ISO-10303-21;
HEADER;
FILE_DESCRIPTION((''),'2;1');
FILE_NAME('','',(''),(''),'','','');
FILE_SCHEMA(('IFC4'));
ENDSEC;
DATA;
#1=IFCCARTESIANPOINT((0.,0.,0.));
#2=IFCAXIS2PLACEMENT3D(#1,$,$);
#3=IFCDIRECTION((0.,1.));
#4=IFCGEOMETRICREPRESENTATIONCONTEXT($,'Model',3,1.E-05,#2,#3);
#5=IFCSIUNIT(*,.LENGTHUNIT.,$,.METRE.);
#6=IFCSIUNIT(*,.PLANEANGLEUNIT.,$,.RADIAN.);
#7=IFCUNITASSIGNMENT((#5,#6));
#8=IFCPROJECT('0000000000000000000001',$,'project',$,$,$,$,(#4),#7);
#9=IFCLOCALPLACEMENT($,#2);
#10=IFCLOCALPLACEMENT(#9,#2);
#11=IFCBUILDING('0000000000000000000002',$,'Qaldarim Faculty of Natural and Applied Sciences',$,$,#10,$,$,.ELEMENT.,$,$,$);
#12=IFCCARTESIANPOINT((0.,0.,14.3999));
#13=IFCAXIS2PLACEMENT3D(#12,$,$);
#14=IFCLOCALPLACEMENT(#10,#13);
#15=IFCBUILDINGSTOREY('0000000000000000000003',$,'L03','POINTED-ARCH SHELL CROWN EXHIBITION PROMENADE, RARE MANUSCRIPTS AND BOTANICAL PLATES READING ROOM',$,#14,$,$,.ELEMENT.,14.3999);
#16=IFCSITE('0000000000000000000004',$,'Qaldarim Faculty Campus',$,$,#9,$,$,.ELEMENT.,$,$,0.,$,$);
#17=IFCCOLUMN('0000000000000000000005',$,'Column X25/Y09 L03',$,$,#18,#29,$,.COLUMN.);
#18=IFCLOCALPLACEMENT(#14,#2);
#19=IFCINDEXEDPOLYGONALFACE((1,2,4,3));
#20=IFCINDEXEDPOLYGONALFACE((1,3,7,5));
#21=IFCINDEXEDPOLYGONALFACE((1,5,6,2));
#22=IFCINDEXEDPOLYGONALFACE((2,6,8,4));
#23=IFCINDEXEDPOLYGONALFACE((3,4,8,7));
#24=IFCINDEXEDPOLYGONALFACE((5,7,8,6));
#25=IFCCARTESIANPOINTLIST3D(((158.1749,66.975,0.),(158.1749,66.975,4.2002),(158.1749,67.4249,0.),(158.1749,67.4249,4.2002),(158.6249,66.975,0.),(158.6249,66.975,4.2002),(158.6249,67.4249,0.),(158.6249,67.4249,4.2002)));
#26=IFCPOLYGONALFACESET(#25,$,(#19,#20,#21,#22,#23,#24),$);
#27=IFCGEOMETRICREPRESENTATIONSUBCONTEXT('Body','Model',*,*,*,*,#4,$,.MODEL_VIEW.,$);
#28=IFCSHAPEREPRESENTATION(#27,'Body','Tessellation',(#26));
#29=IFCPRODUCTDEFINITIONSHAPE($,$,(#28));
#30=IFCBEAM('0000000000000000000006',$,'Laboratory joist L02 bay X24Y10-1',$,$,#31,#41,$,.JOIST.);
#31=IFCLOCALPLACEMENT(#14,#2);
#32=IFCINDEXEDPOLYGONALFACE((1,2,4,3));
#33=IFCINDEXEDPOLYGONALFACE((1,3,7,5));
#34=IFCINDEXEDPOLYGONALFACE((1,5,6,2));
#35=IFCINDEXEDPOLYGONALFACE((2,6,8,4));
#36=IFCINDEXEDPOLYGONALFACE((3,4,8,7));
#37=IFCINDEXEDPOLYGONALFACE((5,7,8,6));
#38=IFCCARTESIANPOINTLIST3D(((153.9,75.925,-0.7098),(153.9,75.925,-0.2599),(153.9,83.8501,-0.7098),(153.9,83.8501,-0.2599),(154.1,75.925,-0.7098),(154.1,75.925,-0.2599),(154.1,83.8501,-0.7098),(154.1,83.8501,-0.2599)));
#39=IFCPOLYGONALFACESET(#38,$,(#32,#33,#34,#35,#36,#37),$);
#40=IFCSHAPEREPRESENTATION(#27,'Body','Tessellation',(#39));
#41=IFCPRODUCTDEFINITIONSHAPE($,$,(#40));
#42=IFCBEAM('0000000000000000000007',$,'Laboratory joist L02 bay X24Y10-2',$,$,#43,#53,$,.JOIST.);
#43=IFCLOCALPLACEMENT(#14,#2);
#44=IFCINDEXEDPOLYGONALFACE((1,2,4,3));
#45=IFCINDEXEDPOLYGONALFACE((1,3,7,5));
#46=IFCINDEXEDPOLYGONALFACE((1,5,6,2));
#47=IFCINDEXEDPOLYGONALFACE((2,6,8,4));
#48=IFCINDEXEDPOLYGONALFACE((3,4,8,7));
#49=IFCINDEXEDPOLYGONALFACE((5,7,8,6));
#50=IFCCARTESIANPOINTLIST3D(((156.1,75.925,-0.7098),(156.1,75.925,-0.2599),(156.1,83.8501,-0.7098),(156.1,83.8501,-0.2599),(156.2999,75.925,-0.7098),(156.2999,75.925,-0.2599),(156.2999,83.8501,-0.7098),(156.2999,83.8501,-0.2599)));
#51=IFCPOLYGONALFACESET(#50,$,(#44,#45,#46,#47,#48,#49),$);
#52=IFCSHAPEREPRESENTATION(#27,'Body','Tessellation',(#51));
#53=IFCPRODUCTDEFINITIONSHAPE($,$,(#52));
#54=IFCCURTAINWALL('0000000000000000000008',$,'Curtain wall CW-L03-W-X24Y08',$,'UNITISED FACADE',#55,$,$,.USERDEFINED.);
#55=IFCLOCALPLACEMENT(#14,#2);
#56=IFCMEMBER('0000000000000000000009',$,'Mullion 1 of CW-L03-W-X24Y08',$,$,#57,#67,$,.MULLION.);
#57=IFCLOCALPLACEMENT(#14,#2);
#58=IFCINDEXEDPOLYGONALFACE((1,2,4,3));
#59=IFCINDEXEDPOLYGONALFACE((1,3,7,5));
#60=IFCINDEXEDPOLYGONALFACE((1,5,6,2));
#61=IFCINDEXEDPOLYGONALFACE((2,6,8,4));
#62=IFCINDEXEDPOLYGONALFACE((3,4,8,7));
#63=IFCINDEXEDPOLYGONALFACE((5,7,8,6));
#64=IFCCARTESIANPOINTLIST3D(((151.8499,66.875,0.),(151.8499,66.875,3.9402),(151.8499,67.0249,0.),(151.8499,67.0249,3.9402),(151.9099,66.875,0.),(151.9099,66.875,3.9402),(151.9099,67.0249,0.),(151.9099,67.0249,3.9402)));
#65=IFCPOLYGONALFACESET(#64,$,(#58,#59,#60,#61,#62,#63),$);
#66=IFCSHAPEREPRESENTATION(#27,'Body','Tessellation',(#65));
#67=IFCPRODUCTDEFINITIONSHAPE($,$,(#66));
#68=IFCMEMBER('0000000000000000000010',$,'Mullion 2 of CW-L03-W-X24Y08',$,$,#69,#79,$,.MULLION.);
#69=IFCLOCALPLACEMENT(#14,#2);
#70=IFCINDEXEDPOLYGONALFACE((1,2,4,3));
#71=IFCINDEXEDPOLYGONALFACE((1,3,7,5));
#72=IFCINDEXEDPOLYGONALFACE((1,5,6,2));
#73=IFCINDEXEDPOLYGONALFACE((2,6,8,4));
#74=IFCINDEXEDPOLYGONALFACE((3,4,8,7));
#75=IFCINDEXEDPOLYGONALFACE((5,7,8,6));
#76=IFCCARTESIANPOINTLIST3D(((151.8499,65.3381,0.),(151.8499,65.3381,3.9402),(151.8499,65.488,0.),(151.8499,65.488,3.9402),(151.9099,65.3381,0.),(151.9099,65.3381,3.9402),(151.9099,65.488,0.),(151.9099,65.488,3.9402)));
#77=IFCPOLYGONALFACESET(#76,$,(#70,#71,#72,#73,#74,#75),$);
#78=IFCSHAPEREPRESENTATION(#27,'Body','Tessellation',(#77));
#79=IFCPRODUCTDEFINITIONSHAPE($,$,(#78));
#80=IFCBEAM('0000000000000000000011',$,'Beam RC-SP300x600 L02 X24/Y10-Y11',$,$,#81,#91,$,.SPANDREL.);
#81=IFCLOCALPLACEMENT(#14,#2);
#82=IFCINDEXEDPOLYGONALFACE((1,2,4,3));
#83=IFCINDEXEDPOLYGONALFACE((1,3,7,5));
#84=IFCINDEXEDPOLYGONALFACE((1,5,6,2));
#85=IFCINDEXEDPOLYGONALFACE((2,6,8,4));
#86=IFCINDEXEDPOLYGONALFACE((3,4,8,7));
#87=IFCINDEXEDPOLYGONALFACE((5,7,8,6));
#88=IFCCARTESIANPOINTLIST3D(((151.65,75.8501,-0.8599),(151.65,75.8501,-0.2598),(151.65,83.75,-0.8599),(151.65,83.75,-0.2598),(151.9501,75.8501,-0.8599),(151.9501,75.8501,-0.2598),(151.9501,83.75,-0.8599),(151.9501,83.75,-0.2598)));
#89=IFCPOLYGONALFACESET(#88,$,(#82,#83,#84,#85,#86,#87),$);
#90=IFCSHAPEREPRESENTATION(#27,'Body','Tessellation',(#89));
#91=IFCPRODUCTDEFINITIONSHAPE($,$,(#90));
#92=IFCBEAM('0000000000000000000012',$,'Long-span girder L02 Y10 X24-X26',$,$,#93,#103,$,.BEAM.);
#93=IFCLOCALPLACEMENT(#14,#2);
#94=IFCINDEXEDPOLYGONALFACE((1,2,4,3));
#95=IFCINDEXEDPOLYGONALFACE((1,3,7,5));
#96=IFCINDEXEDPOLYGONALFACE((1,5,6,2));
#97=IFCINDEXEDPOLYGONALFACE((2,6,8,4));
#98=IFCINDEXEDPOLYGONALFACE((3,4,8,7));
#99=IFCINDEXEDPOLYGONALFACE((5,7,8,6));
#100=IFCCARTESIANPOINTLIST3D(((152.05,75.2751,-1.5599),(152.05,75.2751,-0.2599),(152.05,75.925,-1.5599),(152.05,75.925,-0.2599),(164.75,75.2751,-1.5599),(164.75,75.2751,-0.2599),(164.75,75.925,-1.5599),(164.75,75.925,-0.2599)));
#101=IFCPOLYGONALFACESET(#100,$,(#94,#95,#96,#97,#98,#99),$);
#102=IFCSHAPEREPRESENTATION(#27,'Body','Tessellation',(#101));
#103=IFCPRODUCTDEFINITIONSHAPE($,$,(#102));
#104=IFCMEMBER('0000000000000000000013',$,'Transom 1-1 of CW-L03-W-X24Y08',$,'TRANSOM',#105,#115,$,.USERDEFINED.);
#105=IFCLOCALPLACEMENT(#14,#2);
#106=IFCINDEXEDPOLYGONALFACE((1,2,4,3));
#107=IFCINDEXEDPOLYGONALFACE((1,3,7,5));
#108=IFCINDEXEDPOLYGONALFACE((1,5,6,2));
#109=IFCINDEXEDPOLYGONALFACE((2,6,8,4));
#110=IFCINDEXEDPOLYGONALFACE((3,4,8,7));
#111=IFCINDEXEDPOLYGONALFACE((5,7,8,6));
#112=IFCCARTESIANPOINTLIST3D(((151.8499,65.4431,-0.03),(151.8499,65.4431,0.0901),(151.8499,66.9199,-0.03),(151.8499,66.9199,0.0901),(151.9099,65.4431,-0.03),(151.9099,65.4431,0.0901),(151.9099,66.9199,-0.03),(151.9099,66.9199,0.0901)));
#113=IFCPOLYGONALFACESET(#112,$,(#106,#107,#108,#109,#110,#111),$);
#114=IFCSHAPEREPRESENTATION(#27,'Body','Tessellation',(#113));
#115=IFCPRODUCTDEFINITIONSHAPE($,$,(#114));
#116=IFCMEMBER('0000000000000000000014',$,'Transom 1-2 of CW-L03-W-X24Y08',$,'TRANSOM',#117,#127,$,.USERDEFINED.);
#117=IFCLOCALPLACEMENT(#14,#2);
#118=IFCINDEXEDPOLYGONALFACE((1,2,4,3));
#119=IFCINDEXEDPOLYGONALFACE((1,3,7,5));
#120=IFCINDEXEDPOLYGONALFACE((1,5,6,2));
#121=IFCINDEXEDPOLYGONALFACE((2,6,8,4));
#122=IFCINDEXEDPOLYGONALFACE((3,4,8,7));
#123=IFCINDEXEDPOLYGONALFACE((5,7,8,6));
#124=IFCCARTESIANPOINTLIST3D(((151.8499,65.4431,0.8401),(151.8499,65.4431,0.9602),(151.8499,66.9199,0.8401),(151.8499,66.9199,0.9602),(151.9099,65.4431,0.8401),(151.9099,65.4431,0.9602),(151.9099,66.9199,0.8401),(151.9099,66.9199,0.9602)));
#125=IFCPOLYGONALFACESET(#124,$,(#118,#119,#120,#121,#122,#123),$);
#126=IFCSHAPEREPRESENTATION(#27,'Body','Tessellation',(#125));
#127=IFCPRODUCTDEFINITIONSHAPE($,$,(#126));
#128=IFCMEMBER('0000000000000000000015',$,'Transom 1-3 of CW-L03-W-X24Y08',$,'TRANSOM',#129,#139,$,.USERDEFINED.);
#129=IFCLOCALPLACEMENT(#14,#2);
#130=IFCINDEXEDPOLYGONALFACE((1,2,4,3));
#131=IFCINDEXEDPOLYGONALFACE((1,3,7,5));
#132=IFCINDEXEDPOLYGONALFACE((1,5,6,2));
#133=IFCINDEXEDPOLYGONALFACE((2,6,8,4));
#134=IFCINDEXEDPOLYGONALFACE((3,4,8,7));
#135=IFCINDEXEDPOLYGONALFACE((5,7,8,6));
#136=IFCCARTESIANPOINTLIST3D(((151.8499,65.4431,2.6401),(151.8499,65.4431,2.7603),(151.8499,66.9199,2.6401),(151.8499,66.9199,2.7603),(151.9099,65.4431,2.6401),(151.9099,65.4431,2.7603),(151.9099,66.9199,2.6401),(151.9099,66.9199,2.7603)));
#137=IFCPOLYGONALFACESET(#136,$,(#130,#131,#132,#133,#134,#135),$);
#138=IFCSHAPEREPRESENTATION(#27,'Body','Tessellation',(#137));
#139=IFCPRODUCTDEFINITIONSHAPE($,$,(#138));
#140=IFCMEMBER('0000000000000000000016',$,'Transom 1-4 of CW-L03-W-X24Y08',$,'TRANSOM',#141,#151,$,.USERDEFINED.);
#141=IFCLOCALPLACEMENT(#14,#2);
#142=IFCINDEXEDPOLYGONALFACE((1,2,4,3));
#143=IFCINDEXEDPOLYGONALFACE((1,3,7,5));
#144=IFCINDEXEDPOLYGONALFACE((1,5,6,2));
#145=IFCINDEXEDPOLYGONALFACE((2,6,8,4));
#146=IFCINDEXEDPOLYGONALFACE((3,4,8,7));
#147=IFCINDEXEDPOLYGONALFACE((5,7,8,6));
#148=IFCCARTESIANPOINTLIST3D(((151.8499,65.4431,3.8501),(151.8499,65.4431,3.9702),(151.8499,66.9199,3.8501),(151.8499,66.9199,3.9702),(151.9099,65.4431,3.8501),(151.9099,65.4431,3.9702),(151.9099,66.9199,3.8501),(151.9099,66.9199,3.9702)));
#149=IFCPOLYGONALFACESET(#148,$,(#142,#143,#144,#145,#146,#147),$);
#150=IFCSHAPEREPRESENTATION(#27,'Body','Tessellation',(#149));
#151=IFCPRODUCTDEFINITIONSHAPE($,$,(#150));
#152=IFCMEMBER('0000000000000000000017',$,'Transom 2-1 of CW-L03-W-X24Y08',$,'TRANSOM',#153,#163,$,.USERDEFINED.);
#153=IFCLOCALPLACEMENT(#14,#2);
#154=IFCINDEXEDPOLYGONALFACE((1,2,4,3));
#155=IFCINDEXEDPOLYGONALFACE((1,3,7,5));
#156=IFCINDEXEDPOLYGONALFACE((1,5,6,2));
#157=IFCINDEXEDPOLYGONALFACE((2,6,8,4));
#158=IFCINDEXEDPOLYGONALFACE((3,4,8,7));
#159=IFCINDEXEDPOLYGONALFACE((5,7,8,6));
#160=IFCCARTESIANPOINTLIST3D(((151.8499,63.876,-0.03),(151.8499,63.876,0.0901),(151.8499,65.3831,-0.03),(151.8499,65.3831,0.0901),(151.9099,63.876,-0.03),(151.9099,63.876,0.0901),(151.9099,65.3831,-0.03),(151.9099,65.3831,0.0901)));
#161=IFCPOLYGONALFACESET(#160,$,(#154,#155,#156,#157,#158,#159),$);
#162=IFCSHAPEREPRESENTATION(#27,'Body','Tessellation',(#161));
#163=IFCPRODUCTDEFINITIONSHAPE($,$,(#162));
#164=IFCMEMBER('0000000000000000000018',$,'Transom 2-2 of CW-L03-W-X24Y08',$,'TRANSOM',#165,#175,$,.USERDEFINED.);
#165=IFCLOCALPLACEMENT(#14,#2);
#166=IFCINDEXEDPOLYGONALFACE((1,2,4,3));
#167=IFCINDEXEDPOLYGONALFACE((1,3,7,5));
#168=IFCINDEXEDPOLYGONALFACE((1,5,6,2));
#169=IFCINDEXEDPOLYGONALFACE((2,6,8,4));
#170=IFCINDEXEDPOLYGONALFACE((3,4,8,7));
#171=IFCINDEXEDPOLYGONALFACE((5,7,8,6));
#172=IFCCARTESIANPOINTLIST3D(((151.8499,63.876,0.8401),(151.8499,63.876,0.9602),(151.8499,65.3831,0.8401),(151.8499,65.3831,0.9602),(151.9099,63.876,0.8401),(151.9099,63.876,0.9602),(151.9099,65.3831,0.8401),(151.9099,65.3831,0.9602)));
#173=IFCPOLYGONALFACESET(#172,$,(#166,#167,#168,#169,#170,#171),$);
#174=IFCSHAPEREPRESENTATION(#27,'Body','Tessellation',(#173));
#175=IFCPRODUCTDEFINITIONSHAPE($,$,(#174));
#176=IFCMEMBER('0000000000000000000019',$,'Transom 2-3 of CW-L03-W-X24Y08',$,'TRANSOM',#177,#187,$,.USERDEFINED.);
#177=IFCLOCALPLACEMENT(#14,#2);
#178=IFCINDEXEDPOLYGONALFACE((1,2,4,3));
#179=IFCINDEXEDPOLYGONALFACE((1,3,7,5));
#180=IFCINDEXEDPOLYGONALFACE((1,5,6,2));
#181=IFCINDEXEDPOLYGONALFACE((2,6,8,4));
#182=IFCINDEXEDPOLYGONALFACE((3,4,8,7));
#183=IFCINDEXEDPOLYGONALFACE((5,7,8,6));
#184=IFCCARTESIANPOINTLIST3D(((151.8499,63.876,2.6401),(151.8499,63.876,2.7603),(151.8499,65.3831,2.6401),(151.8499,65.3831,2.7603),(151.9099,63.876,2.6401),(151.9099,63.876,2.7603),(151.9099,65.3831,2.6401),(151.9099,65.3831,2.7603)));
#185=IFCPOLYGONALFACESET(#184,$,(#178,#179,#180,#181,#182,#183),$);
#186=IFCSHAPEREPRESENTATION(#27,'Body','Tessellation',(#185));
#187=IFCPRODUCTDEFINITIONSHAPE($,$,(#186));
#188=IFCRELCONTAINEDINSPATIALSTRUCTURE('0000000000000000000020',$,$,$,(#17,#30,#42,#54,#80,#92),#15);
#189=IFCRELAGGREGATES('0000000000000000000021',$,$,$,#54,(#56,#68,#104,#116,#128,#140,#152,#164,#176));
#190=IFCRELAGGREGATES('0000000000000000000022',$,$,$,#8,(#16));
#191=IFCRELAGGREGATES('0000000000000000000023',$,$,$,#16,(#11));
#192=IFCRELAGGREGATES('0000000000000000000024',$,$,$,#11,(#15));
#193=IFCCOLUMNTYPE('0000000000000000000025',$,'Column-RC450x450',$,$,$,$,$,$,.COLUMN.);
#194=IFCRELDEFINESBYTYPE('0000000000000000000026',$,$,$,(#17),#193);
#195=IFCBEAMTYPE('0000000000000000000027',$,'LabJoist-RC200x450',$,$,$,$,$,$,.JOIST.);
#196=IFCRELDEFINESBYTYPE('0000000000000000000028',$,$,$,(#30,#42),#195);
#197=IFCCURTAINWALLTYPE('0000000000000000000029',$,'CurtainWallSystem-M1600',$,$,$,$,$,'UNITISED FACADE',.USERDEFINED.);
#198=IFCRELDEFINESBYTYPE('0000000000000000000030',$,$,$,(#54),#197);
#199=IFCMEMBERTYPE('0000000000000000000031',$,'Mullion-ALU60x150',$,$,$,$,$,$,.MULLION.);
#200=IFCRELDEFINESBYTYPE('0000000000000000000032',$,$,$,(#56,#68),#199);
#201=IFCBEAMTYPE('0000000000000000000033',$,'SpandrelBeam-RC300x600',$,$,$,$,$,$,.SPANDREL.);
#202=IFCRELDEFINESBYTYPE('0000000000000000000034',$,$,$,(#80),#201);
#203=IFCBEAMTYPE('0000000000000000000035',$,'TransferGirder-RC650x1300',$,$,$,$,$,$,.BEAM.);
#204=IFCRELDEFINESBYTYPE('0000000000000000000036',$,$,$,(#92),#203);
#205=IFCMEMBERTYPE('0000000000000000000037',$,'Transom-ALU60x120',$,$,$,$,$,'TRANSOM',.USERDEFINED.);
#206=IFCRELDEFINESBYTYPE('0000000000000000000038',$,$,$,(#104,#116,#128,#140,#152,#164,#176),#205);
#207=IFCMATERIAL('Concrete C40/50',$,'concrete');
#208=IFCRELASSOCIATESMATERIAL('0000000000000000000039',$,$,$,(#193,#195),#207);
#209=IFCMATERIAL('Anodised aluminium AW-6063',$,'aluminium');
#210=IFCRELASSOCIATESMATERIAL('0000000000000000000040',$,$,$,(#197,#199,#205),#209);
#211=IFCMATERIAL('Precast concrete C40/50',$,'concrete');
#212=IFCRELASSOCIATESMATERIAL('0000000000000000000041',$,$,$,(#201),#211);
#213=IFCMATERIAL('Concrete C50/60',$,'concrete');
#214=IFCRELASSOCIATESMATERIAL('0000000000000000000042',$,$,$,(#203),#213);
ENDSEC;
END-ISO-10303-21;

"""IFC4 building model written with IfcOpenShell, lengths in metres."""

from ifc_helpers import new_model, si_unit, direction, frame, origin, origin_2d, place, context, subcontext, project, spatial, rectangle, extrude, material, material_profile, profile_set, type_object, element, aggregate, save


model = new_model("IFC4")

# Units and contexts
model_context = context("Model", 3, precision=1e-05, world=origin(), true_north=direction((0.0, 1.0)))
body_context = subcontext(model_context, "Body", "Model", "MODEL_VIEW")
ifc_project = project(units=[si_unit("LENGTHUNIT", "METRE"), si_unit("PLANEANGLEUNIT", "RADIAN")], contexts=[model_context])

# Site, building, storey
site_placement = place(None, origin())
site = spatial("IfcSite", under=ifc_project, at=site_placement, Name="Qaldarim Faculty Campus", CompositionType="ELEMENT", RefElevation=0.0)
building_placement = place(site_placement, origin())
building = spatial("IfcBuilding", under=site, at=building_placement, Name="Qaldarim Faculty of Natural and Applied Sciences", CompositionType="ELEMENT")
storey_placement = place(building_placement, frame((0.0, 0.0, 14.3999)))
storey = spatial("IfcBuildingStorey", under=building, at=storey_placement, Name="L03", Description="POINTED-ARCH SHELL CROWN EXHIBITION PROMENADE, RARE MANUSCRIPTS AND BOTANICAL PLATES READING ROOM", CompositionType="ELEMENT", Elevation=14.3999)

# Column
ifc_material_1 = material(Name="Concrete C40/50", Category="concrete")
ifc_material_profile_1 = material_profile(ifc_material_1, rectangle(XDim=0.45, YDim=0.45, at=origin_2d()), Name="RC-C450x450")
ifc_profile_set_1 = profile_set([ifc_material_profile_1], Name="Concrete C40/50")
column_type = type_object("IfcColumnType", Name="Column-RC450x450", PredefinedType="COLUMN", material=ifc_profile_set_1)
column_placement = place(storey_placement, frame((158.3999, 67.2, 0.0), z_axis=(0.0, 0.0, 1.0), x_axis=(1.0, 0.0, 0.0)))
element("IfcColumn", 1, at=column_placement, inside=storey, type_object=column_type, Name="Column X25/Y09 L03", PredefinedType="COLUMN", context=body_context, shape_type="SweptSolid", body=[
    extrude(rectangle(XDim=0.45, YDim=0.45, at=origin_2d()), origin(), (0.0, 0.0, 1.0), 4.2002),
])

# Beams
ifc_material_profile_2 = material_profile(ifc_material_1, rectangle(XDim=0.2, YDim=0.45, at=origin_2d()), Name="RC-J200x450")
ifc_profile_set_2 = profile_set([ifc_material_profile_2], Name="Concrete C40/50")
beam_type_1 = type_object("IfcBeamType", Name="LabJoist-RC200x450", PredefinedType="JOIST", material=ifc_profile_set_2)
for number, where, z_axis, x_axis, name in (
    (2, (154.0, 75.925, -0.4849), (0.0, 1.0, 0.0), (-1.0, 0.0, 0.0), "Laboratory joist L02 bay X24Y10-1"),
    (3, (156.2, 75.925, -0.4849), (0.0, 1.0, 0.0), (-1.0, 0.0, 0.0), "Laboratory joist L02 bay X24Y10-2"),
):
    element("IfcBeam", number, at=place(storey_placement, frame(where, z_axis=z_axis, x_axis=x_axis)), inside=storey, type_object=beam_type_1, Name=name, PredefinedType="JOIST", context=body_context, shape_type="SweptSolid", body=[
        extrude(rectangle(XDim=0.2, YDim=0.45, at=origin_2d()), origin(), (0.0, 0.0, 1.0), 7.925),
    ])

# Curtain wall, members
ifc_material_2 = material(Name="Anodised aluminium AW-6063", Category="aluminium")
curtain_wall_type = type_object("IfcCurtainWallType", Name="CurtainWallSystem-M1600", ElementType="UNITISED FACADE", PredefinedType="USERDEFINED", material=ifc_material_2)
curtain_wall_placement = place(storey_placement, origin())
curtain_wall = element("IfcCurtainWall", 4, at=curtain_wall_placement, inside=storey, type_object=curtain_wall_type, Name="Curtain wall CW-L03-W-X24Y08", ObjectType="UNITISED FACADE", PredefinedType="USERDEFINED")
ifc_material_profile_3 = material_profile(ifc_material_2, rectangle(XDim=0.0601, YDim=0.1499, at=origin_2d()), Name="ALU-M60x150")
ifc_profile_set_3 = profile_set([ifc_material_profile_3], Name="Anodised aluminium AW-6063")
member_type_1 = type_object("IfcMemberType", Name="Mullion-ALU60x150", PredefinedType="MULLION", material=ifc_profile_set_3)
member_1_placement = place(storey_placement, frame((151.8799, 66.95, 0.0), z_axis=(0.0, 0.0, 1.0), x_axis=(1.0, 0.0, 0.0)))
member_1 = element("IfcMember", 5, at=member_1_placement, type_object=member_type_1, Name="Mullion 1 of CW-L03-W-X24Y08", PredefinedType="MULLION", context=body_context, shape_type="SweptSolid", body=[
    extrude(rectangle(XDim=0.0601, YDim=0.1499, at=origin_2d()), origin(), (0.0, 0.0, 1.0), 3.9402),
])
member_2_placement = place(storey_placement, frame((151.8799, 65.4131, 0.0), z_axis=(0.0, 0.0, 1.0), x_axis=(1.0, 0.0, 0.0)))
member_2 = element("IfcMember", 6, at=member_2_placement, type_object=member_type_1, Name="Mullion 2 of CW-L03-W-X24Y08", PredefinedType="MULLION", context=body_context, shape_type="SweptSolid", body=[
    extrude(rectangle(XDim=0.0601, YDim=0.1499, at=origin_2d()), origin(), (0.0, 0.0, 1.0), 3.9402),
])

# Beams
ifc_material_3 = material(Name="Precast concrete C40/50", Category="concrete")
ifc_material_profile_4 = material_profile(ifc_material_3, rectangle(XDim=0.3, YDim=0.6001, at=origin_2d()), Name="RC-SP300x600")
ifc_profile_set_4 = profile_set([ifc_material_profile_4], Name="Precast concrete C40/50")
beam_type_2 = type_object("IfcBeamType", Name="SpandrelBeam-RC300x600", PredefinedType="SPANDREL", material=ifc_profile_set_4)
beam_1_placement = place(storey_placement, frame((151.8, 75.8501, -0.5598), z_axis=(0.0, 1.0, 0.0), x_axis=(-1.0, 0.0, 0.0)))
element("IfcBeam", 7, at=beam_1_placement, inside=storey, type_object=beam_type_2, Name="Beam RC-SP300x600 L02 X24/Y10-Y11", PredefinedType="SPANDREL", context=body_context, shape_type="SweptSolid", body=[
    extrude(rectangle(XDim=0.3, YDim=0.6001, at=origin_2d()), origin(), (0.0, 0.0, 1.0), 7.8999),
])
ifc_material_4 = material(Name="Concrete C50/60", Category="concrete")
ifc_material_profile_5 = material_profile(ifc_material_4, rectangle(XDim=0.6499, YDim=1.3, at=origin_2d()), Name="RC-TG650x1300")
ifc_profile_set_5 = profile_set([ifc_material_profile_5], Name="Concrete C50/60")
beam_type_3 = type_object("IfcBeamType", Name="TransferGirder-RC650x1300", PredefinedType="BEAM", material=ifc_profile_set_5)
beam_2_placement = place(storey_placement, frame((152.05, 75.6001, -0.9099), z_axis=(1.0, 0.0, 0.0), x_axis=(0.0, 1.0, 0.0)))
element("IfcBeam", 8, at=beam_2_placement, inside=storey, type_object=beam_type_3, Name="Long-span girder L02 Y10 X24-X26", PredefinedType="BEAM", context=body_context, shape_type="SweptSolid", body=[
    extrude(rectangle(XDim=0.6499, YDim=1.3, at=origin_2d()), origin(), (0.0, 0.0, 1.0), 12.7),
])

# Members
ifc_material_profile_6 = material_profile(ifc_material_2, rectangle(XDim=0.0601, YDim=0.1201, at=origin_2d()), Name="ALU-T60x120")
ifc_profile_set_6 = profile_set([ifc_material_profile_6], Name="Anodised aluminium AW-6063")
member_type_2 = type_object("IfcMemberType", Name="Transom-ALU60x120", ElementType="TRANSOM", PredefinedType="USERDEFINED", material=ifc_profile_set_6)
member_3_placement = place(storey_placement, frame((151.8799, 66.9199, 0.03), z_axis=(0.0, -1.0, 0.0), x_axis=(1.0, 0.0, 0.0)))
member_3 = element("IfcMember", 9, at=member_3_placement, type_object=member_type_2, Name="Transom 1-1 of CW-L03-W-X24Y08", ObjectType="TRANSOM", PredefinedType="USERDEFINED", context=body_context, shape_type="SweptSolid", body=[
    extrude(rectangle(XDim=0.0601, YDim=0.1201, at=origin_2d()), origin(), (0.0, 0.0, 1.0), 1.4768),
])
member_4_placement = place(storey_placement, frame((151.8799, 66.9199, 0.9001), z_axis=(0.0, -1.0, 0.0), x_axis=(1.0, 0.0, 0.0)))
member_4 = element("IfcMember", 10, at=member_4_placement, type_object=member_type_2, Name="Transom 1-2 of CW-L03-W-X24Y08", ObjectType="TRANSOM", PredefinedType="USERDEFINED", context=body_context, shape_type="SweptSolid", body=[
    extrude(rectangle(XDim=0.0601, YDim=0.1201, at=origin_2d()), origin(), (0.0, 0.0, 1.0), 1.4768),
])
member_5_placement = place(storey_placement, frame((151.8799, 66.9199, 2.7002), z_axis=(0.0, -1.0, 0.0), x_axis=(1.0, 0.0, 0.0)))
member_5 = element("IfcMember", 11, at=member_5_placement, type_object=member_type_2, Name="Transom 1-3 of CW-L03-W-X24Y08", ObjectType="TRANSOM", PredefinedType="USERDEFINED", context=body_context, shape_type="SweptSolid", body=[
    extrude(rectangle(XDim=0.0601, YDim=0.1201, at=origin_2d()), origin(), (0.0, 0.0, 1.0), 1.4768),
])
member_6_placement = place(storey_placement, frame((151.8799, 66.9199, 3.9102), z_axis=(0.0, -1.0, 0.0), x_axis=(1.0, 0.0, 0.0)))
member_6 = element("IfcMember", 12, at=member_6_placement, type_object=member_type_2, Name="Transom 1-4 of CW-L03-W-X24Y08", ObjectType="TRANSOM", PredefinedType="USERDEFINED", context=body_context, shape_type="SweptSolid", body=[
    extrude(rectangle(XDim=0.0601, YDim=0.1201, at=origin_2d()), origin(), (0.0, 0.0, 1.0), 1.4768),
])
member_7_placement = place(storey_placement, frame((151.8799, 65.3831, 0.03), z_axis=(0.0, -1.0, 0.0), x_axis=(1.0, 0.0, 0.0)))
member_7 = element("IfcMember", 13, at=member_7_placement, type_object=member_type_2, Name="Transom 2-1 of CW-L03-W-X24Y08", ObjectType="TRANSOM", PredefinedType="USERDEFINED", context=body_context, shape_type="SweptSolid", body=[
    extrude(rectangle(XDim=0.0601, YDim=0.1201, at=origin_2d()), origin(), (0.0, 0.0, 1.0), 1.5071),
])
member_8_placement = place(storey_placement, frame((151.8799, 65.3831, 0.9001), z_axis=(0.0, -1.0, 0.0), x_axis=(1.0, 0.0, 0.0)))
member_8 = element("IfcMember", 14, at=member_8_placement, type_object=member_type_2, Name="Transom 2-2 of CW-L03-W-X24Y08", ObjectType="TRANSOM", PredefinedType="USERDEFINED", context=body_context, shape_type="SweptSolid", body=[
    extrude(rectangle(XDim=0.0601, YDim=0.1201, at=origin_2d()), origin(), (0.0, 0.0, 1.0), 1.5071),
])
member_9_placement = place(storey_placement, frame((151.8799, 65.3831, 2.7002), z_axis=(0.0, -1.0, 0.0), x_axis=(1.0, 0.0, 0.0)))
member_9 = element("IfcMember", 15, at=member_9_placement, type_object=member_type_2, Name="Transom 2-3 of CW-L03-W-X24Y08", ObjectType="TRANSOM", PredefinedType="USERDEFINED", context=body_context, shape_type="SweptSolid", body=[
    extrude(rectangle(XDim=0.0601, YDim=0.1201, at=origin_2d()), origin(), (0.0, 0.0, 1.0), 1.5071),
])

aggregate(curtain_wall, [member_1, member_2, member_3, member_4, member_5, member_6, member_7, member_8, member_9])

save(model, "model.ifc")
